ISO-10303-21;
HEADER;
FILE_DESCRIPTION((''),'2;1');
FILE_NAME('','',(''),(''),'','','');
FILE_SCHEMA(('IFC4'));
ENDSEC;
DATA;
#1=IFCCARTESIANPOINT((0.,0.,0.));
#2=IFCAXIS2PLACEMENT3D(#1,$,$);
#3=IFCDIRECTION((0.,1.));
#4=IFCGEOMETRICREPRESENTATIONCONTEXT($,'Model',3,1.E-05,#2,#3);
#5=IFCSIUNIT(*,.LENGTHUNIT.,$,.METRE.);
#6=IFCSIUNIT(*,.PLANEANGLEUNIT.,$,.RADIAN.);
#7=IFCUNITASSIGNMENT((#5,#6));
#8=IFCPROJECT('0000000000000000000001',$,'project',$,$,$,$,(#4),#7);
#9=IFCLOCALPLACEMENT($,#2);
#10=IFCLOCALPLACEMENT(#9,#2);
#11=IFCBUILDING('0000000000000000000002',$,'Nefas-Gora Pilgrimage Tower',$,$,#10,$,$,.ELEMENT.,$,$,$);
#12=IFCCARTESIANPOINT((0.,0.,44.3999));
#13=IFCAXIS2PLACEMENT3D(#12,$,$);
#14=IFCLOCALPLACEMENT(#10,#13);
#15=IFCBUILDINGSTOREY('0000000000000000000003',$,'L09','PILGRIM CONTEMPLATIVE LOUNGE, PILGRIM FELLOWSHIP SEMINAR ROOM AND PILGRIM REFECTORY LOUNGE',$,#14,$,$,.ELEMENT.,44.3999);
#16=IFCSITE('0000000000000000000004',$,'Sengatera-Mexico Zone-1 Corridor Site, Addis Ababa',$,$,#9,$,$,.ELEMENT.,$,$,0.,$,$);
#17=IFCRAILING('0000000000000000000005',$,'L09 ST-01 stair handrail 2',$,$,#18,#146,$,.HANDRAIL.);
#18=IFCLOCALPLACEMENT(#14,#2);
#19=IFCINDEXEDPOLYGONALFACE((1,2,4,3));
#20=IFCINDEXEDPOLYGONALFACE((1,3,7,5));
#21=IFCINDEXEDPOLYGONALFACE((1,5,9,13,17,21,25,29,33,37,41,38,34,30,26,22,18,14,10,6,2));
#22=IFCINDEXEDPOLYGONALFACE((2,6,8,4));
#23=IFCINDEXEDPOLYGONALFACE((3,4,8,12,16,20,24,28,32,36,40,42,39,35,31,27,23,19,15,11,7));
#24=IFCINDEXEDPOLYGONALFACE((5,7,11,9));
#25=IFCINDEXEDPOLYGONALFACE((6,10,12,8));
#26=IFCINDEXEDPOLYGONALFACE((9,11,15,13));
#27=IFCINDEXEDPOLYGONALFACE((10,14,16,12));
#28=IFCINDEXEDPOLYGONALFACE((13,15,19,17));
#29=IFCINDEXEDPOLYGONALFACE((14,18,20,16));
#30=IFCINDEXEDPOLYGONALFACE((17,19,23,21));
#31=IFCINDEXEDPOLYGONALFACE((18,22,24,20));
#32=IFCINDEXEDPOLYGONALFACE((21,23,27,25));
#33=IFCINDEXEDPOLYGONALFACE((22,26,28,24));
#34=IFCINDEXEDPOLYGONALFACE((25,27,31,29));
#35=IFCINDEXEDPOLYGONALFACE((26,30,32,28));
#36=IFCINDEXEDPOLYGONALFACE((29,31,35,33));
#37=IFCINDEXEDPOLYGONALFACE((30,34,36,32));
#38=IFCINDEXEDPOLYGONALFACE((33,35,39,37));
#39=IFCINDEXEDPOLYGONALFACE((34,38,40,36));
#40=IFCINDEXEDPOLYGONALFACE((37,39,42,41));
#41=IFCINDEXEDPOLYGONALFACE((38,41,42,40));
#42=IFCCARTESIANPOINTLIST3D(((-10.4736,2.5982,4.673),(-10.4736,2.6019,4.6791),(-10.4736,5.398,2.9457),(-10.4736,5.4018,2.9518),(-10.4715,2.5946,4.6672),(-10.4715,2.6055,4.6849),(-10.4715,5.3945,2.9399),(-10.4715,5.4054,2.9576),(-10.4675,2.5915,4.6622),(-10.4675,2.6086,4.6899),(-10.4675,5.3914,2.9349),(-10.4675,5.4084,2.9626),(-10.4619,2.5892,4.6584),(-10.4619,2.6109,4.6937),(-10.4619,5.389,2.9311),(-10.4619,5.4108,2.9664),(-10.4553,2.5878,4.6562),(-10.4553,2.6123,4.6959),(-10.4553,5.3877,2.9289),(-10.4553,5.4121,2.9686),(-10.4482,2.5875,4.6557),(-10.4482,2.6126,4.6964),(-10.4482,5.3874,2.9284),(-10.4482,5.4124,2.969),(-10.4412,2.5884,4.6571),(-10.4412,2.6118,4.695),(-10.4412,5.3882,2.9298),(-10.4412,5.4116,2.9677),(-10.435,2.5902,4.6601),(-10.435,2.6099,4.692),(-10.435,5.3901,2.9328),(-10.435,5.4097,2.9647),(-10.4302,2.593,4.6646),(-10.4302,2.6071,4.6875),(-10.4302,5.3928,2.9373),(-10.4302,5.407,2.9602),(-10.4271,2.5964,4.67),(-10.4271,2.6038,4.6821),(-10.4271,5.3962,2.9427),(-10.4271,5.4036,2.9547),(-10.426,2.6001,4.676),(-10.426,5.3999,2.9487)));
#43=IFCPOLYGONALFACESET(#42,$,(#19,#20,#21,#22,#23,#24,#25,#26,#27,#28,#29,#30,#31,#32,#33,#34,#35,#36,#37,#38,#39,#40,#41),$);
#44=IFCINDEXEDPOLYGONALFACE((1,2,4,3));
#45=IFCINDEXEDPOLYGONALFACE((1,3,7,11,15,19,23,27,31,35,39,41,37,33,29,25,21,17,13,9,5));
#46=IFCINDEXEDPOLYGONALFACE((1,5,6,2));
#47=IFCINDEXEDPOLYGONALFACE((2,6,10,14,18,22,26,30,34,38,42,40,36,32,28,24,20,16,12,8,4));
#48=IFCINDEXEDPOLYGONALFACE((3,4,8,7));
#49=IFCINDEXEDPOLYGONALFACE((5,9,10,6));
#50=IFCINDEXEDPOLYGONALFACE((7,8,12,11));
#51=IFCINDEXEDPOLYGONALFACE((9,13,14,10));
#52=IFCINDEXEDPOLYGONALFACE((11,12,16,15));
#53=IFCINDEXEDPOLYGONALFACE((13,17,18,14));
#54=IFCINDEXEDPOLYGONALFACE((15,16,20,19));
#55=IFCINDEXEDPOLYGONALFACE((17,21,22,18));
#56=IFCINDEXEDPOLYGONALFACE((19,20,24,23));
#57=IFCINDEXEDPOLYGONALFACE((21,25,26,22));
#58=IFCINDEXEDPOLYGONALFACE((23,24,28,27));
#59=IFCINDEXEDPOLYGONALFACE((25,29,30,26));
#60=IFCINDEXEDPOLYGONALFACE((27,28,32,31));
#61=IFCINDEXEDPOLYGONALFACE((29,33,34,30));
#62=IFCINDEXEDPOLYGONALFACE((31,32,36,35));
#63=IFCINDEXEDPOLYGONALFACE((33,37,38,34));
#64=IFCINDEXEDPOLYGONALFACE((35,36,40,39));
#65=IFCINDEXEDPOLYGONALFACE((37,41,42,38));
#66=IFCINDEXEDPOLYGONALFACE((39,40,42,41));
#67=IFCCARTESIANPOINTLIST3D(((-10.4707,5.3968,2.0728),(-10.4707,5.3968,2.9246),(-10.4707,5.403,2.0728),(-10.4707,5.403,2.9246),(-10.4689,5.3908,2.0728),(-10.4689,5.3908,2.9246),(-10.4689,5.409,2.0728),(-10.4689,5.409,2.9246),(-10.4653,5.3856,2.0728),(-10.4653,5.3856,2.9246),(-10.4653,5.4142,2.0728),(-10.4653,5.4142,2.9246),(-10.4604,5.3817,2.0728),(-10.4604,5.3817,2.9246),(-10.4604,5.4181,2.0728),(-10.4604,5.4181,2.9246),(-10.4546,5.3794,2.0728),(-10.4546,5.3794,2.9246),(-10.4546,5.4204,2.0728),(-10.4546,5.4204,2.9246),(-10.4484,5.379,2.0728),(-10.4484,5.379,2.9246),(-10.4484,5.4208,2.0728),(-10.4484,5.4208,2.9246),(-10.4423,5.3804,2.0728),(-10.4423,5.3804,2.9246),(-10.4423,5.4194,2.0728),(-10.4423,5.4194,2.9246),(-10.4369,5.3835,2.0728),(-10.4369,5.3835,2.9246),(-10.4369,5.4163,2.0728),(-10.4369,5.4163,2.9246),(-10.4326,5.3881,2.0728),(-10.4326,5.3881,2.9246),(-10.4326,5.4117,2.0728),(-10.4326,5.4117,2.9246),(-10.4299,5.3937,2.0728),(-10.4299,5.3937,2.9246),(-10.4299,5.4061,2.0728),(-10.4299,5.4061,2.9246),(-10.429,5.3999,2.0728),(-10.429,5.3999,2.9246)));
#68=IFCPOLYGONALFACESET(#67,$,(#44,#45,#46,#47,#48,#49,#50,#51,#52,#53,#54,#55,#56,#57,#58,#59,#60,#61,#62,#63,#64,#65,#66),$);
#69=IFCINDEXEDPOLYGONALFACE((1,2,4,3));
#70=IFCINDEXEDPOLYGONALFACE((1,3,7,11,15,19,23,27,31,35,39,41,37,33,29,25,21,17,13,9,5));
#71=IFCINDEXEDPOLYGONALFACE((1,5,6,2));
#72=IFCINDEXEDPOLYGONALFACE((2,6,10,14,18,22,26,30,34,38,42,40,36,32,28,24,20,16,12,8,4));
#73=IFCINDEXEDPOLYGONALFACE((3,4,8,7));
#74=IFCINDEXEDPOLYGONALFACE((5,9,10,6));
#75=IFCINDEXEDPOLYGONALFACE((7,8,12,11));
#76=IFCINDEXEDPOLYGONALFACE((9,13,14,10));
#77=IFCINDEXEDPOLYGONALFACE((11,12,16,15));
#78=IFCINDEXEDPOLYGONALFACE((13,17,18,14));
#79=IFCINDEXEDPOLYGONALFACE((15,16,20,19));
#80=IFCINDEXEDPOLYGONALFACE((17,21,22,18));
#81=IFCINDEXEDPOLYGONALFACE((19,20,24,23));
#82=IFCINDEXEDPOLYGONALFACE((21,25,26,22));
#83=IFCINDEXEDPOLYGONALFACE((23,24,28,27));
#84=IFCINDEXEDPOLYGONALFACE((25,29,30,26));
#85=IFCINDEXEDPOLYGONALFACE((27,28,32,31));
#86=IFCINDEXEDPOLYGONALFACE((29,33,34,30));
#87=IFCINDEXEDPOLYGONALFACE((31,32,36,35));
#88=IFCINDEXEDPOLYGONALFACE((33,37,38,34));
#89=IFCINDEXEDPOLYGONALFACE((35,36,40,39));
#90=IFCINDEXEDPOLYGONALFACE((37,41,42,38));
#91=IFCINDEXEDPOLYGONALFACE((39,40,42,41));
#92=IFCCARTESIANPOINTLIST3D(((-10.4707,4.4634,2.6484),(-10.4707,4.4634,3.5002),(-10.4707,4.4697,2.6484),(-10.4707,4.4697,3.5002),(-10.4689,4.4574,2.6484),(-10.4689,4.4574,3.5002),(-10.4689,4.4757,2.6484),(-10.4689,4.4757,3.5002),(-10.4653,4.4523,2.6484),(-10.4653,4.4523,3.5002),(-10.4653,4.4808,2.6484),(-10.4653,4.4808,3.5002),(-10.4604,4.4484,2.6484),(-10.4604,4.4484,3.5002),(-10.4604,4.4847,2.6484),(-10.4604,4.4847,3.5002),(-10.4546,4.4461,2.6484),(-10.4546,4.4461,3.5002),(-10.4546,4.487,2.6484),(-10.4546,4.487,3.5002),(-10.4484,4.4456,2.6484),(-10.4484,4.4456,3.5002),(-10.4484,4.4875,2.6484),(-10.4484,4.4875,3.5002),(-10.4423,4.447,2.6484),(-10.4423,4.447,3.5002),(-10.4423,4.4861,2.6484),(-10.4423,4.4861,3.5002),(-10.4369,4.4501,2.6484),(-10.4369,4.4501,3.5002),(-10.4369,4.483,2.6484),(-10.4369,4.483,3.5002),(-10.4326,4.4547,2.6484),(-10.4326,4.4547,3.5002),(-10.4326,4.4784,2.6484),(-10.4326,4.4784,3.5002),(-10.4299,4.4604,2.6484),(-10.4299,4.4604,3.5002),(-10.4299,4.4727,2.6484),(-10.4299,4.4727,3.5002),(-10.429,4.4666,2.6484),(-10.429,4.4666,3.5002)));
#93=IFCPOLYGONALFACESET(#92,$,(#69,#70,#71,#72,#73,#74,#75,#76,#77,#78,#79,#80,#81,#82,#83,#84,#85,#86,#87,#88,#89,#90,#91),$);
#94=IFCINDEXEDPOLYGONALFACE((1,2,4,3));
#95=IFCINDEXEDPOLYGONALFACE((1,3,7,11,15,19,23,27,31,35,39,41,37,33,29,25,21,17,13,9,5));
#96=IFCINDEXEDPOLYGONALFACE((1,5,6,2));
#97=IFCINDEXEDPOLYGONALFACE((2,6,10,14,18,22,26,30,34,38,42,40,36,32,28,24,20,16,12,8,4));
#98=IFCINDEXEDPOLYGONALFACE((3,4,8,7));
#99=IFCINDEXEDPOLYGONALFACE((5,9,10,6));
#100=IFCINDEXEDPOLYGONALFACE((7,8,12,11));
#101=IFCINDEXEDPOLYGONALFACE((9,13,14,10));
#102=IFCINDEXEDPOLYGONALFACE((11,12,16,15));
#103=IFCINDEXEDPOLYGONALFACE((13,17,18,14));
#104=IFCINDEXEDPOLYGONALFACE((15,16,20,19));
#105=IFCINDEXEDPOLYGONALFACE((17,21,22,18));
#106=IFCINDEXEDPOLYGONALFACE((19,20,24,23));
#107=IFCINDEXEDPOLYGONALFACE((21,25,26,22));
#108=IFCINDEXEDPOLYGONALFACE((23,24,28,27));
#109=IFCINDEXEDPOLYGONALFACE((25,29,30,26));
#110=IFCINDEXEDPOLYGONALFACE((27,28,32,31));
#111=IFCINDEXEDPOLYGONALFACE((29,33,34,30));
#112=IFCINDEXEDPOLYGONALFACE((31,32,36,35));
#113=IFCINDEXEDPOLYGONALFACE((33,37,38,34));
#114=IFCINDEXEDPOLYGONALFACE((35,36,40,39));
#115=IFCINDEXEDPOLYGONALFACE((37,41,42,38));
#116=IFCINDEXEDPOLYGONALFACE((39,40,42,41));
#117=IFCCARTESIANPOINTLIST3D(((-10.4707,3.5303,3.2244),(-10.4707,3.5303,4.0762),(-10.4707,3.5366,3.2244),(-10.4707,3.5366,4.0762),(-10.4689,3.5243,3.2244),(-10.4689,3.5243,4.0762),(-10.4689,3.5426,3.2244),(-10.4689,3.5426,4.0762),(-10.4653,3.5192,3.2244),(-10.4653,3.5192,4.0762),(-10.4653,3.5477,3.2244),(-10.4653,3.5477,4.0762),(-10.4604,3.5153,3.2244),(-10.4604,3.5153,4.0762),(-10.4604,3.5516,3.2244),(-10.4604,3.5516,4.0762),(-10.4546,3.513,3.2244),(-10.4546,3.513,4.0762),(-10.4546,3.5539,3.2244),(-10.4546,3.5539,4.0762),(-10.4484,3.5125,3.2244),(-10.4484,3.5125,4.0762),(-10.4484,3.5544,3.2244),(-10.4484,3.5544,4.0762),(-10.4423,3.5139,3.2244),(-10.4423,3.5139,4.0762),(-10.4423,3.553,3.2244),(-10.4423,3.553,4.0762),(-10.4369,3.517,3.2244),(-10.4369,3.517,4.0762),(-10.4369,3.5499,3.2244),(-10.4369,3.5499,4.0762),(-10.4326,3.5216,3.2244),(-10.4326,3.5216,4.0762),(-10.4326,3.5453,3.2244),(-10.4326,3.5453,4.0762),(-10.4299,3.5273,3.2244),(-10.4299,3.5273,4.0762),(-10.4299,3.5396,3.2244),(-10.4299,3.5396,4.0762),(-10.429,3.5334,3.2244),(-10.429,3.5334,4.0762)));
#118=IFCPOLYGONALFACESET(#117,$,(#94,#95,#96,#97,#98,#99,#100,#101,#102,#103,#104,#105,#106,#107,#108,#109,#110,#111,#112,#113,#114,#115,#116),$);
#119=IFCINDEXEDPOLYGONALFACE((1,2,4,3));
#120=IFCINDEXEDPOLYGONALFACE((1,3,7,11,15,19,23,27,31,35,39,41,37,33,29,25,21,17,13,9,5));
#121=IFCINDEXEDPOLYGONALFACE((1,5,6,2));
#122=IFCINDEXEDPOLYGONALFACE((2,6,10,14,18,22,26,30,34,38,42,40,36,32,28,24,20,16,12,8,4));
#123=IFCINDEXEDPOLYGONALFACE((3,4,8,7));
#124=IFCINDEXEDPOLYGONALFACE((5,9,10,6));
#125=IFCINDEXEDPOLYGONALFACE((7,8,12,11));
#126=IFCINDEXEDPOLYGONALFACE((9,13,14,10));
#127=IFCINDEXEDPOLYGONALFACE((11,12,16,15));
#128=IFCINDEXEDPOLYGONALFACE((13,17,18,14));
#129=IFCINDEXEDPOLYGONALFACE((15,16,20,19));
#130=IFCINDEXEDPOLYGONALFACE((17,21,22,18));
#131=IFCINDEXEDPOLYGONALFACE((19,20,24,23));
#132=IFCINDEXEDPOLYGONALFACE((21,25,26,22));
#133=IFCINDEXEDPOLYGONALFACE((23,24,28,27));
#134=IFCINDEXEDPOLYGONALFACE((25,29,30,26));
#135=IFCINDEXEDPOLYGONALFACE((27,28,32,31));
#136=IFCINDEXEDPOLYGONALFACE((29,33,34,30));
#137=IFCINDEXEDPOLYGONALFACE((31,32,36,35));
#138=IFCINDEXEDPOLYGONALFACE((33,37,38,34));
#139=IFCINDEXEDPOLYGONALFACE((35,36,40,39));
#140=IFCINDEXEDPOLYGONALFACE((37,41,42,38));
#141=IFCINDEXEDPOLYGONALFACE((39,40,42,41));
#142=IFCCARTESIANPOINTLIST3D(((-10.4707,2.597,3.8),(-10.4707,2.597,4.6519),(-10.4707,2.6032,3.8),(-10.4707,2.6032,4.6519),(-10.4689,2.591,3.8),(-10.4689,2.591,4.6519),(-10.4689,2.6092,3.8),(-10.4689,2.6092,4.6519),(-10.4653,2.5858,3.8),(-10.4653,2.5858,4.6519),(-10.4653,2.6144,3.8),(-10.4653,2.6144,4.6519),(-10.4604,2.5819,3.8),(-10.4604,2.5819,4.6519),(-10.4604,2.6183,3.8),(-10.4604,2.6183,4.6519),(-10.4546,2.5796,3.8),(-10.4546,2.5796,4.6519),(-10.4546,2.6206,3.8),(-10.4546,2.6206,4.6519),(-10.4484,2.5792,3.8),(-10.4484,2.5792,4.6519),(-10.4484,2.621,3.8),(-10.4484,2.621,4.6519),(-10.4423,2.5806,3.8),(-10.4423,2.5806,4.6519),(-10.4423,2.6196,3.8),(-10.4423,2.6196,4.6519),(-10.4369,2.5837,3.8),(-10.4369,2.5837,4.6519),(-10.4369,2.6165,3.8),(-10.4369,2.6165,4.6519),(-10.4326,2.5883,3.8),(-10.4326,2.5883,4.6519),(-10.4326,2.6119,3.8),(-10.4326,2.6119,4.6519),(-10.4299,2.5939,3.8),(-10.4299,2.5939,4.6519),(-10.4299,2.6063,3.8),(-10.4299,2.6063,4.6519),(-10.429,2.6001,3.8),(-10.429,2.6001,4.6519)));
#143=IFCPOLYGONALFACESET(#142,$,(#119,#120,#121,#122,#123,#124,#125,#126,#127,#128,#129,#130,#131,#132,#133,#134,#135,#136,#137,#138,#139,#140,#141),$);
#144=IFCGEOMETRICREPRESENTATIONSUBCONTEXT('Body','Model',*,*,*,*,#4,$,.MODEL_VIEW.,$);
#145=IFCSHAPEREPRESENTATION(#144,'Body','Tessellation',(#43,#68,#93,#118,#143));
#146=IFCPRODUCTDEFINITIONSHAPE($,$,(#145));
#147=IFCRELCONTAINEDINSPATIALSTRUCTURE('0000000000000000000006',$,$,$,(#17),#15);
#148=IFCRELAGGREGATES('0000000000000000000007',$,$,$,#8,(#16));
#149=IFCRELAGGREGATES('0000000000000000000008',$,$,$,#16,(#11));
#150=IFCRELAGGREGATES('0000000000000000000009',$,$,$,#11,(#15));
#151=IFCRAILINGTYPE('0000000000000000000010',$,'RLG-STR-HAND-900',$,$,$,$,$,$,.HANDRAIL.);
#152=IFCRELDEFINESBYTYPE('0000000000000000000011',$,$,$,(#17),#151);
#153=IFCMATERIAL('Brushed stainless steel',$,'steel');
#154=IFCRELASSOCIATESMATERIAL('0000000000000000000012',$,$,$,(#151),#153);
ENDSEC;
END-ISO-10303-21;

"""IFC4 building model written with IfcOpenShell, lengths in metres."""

from ifc_helpers import new_model, si_unit, direction, frame, origin, origin_2d, place, context, subcontext, project, spatial, circle, extrude, material, type_object, element, save


model = new_model("IFC4")

# Units and contexts
model_context = context("Model", 3, precision=1e-05, world=origin(), true_north=direction((0.0, 1.0)))
body_context = subcontext(model_context, "Body", "Model", "MODEL_VIEW")
ifc_project = project(units=[si_unit("LENGTHUNIT", "METRE"), si_unit("PLANEANGLEUNIT", "RADIAN")], contexts=[model_context])

# Site, building, storey
site_placement = place(None, origin())
site = spatial("IfcSite", under=ifc_project, at=site_placement, Name="Sengatera-Mexico Zone-1 Corridor Site, Addis Ababa", CompositionType="ELEMENT", RefElevation=0.0)
building_placement = place(site_placement, origin())
building = spatial("IfcBuilding", under=site, at=building_placement, Name="Nefas-Gora Pilgrimage Tower", CompositionType="ELEMENT")
storey_placement = place(building_placement, frame((0.0, 0.0, 44.3999)))
storey = spatial("IfcBuildingStorey", under=building, at=storey_placement, Name="L09", Description="PILGRIM CONTEMPLATIVE LOUNGE, PILGRIM FELLOWSHIP SEMINAR ROOM AND PILGRIM REFECTORY LOUNGE", CompositionType="ELEMENT", Elevation=44.3999)

# Railing
ifc_material_1 = material(Name="Brushed stainless steel", Category="steel")
railing_type_1 = type_object("IfcRailingType", Name="RLG-STR-HAND-900", PredefinedType="HANDRAIL", material=ifc_material_1)
railing_1_placement = place(storey_placement, frame((-10.45, 5.3999, 2.0728)))
element("IfcRailing", 1, at=railing_1_placement, inside=storey, type_object=railing_type_1, Name="L09 ST-01 stair handrail 2", PredefinedType="HANDRAIL", context=body_context, shape_type="SweptSolid", body=[
    extrude(circle(Radius=0.0239, at=origin_2d()), frame((0.0, 0.0, 0.876), z_axis=(0.0, -0.851069, 0.525054), x_axis=(1.0, 0.0, 0.0)), (0.0, 0.0, 1.0), 3.2898),
    extrude(circle(Radius=0.021, at=origin_2d()), origin(), (0.0, 0.0, 1.0), 0.8518),
    extrude(circle(Radius=0.021, at=origin_2d()), frame((0.0, -0.9333, 0.5757)), (0.0, 0.0, 1.0), 0.8518),
    extrude(circle(Radius=0.021, at=origin_2d()), frame((0.0, -1.8665, 1.1516)), (0.0, 0.0, 1.0), 0.8518),
    extrude(circle(Radius=0.021, at=origin_2d()), frame((0.0, -2.7998, 1.7273)), (0.0, 0.0, 1.0), 0.8518),
])

save(model, "model.ifc")
